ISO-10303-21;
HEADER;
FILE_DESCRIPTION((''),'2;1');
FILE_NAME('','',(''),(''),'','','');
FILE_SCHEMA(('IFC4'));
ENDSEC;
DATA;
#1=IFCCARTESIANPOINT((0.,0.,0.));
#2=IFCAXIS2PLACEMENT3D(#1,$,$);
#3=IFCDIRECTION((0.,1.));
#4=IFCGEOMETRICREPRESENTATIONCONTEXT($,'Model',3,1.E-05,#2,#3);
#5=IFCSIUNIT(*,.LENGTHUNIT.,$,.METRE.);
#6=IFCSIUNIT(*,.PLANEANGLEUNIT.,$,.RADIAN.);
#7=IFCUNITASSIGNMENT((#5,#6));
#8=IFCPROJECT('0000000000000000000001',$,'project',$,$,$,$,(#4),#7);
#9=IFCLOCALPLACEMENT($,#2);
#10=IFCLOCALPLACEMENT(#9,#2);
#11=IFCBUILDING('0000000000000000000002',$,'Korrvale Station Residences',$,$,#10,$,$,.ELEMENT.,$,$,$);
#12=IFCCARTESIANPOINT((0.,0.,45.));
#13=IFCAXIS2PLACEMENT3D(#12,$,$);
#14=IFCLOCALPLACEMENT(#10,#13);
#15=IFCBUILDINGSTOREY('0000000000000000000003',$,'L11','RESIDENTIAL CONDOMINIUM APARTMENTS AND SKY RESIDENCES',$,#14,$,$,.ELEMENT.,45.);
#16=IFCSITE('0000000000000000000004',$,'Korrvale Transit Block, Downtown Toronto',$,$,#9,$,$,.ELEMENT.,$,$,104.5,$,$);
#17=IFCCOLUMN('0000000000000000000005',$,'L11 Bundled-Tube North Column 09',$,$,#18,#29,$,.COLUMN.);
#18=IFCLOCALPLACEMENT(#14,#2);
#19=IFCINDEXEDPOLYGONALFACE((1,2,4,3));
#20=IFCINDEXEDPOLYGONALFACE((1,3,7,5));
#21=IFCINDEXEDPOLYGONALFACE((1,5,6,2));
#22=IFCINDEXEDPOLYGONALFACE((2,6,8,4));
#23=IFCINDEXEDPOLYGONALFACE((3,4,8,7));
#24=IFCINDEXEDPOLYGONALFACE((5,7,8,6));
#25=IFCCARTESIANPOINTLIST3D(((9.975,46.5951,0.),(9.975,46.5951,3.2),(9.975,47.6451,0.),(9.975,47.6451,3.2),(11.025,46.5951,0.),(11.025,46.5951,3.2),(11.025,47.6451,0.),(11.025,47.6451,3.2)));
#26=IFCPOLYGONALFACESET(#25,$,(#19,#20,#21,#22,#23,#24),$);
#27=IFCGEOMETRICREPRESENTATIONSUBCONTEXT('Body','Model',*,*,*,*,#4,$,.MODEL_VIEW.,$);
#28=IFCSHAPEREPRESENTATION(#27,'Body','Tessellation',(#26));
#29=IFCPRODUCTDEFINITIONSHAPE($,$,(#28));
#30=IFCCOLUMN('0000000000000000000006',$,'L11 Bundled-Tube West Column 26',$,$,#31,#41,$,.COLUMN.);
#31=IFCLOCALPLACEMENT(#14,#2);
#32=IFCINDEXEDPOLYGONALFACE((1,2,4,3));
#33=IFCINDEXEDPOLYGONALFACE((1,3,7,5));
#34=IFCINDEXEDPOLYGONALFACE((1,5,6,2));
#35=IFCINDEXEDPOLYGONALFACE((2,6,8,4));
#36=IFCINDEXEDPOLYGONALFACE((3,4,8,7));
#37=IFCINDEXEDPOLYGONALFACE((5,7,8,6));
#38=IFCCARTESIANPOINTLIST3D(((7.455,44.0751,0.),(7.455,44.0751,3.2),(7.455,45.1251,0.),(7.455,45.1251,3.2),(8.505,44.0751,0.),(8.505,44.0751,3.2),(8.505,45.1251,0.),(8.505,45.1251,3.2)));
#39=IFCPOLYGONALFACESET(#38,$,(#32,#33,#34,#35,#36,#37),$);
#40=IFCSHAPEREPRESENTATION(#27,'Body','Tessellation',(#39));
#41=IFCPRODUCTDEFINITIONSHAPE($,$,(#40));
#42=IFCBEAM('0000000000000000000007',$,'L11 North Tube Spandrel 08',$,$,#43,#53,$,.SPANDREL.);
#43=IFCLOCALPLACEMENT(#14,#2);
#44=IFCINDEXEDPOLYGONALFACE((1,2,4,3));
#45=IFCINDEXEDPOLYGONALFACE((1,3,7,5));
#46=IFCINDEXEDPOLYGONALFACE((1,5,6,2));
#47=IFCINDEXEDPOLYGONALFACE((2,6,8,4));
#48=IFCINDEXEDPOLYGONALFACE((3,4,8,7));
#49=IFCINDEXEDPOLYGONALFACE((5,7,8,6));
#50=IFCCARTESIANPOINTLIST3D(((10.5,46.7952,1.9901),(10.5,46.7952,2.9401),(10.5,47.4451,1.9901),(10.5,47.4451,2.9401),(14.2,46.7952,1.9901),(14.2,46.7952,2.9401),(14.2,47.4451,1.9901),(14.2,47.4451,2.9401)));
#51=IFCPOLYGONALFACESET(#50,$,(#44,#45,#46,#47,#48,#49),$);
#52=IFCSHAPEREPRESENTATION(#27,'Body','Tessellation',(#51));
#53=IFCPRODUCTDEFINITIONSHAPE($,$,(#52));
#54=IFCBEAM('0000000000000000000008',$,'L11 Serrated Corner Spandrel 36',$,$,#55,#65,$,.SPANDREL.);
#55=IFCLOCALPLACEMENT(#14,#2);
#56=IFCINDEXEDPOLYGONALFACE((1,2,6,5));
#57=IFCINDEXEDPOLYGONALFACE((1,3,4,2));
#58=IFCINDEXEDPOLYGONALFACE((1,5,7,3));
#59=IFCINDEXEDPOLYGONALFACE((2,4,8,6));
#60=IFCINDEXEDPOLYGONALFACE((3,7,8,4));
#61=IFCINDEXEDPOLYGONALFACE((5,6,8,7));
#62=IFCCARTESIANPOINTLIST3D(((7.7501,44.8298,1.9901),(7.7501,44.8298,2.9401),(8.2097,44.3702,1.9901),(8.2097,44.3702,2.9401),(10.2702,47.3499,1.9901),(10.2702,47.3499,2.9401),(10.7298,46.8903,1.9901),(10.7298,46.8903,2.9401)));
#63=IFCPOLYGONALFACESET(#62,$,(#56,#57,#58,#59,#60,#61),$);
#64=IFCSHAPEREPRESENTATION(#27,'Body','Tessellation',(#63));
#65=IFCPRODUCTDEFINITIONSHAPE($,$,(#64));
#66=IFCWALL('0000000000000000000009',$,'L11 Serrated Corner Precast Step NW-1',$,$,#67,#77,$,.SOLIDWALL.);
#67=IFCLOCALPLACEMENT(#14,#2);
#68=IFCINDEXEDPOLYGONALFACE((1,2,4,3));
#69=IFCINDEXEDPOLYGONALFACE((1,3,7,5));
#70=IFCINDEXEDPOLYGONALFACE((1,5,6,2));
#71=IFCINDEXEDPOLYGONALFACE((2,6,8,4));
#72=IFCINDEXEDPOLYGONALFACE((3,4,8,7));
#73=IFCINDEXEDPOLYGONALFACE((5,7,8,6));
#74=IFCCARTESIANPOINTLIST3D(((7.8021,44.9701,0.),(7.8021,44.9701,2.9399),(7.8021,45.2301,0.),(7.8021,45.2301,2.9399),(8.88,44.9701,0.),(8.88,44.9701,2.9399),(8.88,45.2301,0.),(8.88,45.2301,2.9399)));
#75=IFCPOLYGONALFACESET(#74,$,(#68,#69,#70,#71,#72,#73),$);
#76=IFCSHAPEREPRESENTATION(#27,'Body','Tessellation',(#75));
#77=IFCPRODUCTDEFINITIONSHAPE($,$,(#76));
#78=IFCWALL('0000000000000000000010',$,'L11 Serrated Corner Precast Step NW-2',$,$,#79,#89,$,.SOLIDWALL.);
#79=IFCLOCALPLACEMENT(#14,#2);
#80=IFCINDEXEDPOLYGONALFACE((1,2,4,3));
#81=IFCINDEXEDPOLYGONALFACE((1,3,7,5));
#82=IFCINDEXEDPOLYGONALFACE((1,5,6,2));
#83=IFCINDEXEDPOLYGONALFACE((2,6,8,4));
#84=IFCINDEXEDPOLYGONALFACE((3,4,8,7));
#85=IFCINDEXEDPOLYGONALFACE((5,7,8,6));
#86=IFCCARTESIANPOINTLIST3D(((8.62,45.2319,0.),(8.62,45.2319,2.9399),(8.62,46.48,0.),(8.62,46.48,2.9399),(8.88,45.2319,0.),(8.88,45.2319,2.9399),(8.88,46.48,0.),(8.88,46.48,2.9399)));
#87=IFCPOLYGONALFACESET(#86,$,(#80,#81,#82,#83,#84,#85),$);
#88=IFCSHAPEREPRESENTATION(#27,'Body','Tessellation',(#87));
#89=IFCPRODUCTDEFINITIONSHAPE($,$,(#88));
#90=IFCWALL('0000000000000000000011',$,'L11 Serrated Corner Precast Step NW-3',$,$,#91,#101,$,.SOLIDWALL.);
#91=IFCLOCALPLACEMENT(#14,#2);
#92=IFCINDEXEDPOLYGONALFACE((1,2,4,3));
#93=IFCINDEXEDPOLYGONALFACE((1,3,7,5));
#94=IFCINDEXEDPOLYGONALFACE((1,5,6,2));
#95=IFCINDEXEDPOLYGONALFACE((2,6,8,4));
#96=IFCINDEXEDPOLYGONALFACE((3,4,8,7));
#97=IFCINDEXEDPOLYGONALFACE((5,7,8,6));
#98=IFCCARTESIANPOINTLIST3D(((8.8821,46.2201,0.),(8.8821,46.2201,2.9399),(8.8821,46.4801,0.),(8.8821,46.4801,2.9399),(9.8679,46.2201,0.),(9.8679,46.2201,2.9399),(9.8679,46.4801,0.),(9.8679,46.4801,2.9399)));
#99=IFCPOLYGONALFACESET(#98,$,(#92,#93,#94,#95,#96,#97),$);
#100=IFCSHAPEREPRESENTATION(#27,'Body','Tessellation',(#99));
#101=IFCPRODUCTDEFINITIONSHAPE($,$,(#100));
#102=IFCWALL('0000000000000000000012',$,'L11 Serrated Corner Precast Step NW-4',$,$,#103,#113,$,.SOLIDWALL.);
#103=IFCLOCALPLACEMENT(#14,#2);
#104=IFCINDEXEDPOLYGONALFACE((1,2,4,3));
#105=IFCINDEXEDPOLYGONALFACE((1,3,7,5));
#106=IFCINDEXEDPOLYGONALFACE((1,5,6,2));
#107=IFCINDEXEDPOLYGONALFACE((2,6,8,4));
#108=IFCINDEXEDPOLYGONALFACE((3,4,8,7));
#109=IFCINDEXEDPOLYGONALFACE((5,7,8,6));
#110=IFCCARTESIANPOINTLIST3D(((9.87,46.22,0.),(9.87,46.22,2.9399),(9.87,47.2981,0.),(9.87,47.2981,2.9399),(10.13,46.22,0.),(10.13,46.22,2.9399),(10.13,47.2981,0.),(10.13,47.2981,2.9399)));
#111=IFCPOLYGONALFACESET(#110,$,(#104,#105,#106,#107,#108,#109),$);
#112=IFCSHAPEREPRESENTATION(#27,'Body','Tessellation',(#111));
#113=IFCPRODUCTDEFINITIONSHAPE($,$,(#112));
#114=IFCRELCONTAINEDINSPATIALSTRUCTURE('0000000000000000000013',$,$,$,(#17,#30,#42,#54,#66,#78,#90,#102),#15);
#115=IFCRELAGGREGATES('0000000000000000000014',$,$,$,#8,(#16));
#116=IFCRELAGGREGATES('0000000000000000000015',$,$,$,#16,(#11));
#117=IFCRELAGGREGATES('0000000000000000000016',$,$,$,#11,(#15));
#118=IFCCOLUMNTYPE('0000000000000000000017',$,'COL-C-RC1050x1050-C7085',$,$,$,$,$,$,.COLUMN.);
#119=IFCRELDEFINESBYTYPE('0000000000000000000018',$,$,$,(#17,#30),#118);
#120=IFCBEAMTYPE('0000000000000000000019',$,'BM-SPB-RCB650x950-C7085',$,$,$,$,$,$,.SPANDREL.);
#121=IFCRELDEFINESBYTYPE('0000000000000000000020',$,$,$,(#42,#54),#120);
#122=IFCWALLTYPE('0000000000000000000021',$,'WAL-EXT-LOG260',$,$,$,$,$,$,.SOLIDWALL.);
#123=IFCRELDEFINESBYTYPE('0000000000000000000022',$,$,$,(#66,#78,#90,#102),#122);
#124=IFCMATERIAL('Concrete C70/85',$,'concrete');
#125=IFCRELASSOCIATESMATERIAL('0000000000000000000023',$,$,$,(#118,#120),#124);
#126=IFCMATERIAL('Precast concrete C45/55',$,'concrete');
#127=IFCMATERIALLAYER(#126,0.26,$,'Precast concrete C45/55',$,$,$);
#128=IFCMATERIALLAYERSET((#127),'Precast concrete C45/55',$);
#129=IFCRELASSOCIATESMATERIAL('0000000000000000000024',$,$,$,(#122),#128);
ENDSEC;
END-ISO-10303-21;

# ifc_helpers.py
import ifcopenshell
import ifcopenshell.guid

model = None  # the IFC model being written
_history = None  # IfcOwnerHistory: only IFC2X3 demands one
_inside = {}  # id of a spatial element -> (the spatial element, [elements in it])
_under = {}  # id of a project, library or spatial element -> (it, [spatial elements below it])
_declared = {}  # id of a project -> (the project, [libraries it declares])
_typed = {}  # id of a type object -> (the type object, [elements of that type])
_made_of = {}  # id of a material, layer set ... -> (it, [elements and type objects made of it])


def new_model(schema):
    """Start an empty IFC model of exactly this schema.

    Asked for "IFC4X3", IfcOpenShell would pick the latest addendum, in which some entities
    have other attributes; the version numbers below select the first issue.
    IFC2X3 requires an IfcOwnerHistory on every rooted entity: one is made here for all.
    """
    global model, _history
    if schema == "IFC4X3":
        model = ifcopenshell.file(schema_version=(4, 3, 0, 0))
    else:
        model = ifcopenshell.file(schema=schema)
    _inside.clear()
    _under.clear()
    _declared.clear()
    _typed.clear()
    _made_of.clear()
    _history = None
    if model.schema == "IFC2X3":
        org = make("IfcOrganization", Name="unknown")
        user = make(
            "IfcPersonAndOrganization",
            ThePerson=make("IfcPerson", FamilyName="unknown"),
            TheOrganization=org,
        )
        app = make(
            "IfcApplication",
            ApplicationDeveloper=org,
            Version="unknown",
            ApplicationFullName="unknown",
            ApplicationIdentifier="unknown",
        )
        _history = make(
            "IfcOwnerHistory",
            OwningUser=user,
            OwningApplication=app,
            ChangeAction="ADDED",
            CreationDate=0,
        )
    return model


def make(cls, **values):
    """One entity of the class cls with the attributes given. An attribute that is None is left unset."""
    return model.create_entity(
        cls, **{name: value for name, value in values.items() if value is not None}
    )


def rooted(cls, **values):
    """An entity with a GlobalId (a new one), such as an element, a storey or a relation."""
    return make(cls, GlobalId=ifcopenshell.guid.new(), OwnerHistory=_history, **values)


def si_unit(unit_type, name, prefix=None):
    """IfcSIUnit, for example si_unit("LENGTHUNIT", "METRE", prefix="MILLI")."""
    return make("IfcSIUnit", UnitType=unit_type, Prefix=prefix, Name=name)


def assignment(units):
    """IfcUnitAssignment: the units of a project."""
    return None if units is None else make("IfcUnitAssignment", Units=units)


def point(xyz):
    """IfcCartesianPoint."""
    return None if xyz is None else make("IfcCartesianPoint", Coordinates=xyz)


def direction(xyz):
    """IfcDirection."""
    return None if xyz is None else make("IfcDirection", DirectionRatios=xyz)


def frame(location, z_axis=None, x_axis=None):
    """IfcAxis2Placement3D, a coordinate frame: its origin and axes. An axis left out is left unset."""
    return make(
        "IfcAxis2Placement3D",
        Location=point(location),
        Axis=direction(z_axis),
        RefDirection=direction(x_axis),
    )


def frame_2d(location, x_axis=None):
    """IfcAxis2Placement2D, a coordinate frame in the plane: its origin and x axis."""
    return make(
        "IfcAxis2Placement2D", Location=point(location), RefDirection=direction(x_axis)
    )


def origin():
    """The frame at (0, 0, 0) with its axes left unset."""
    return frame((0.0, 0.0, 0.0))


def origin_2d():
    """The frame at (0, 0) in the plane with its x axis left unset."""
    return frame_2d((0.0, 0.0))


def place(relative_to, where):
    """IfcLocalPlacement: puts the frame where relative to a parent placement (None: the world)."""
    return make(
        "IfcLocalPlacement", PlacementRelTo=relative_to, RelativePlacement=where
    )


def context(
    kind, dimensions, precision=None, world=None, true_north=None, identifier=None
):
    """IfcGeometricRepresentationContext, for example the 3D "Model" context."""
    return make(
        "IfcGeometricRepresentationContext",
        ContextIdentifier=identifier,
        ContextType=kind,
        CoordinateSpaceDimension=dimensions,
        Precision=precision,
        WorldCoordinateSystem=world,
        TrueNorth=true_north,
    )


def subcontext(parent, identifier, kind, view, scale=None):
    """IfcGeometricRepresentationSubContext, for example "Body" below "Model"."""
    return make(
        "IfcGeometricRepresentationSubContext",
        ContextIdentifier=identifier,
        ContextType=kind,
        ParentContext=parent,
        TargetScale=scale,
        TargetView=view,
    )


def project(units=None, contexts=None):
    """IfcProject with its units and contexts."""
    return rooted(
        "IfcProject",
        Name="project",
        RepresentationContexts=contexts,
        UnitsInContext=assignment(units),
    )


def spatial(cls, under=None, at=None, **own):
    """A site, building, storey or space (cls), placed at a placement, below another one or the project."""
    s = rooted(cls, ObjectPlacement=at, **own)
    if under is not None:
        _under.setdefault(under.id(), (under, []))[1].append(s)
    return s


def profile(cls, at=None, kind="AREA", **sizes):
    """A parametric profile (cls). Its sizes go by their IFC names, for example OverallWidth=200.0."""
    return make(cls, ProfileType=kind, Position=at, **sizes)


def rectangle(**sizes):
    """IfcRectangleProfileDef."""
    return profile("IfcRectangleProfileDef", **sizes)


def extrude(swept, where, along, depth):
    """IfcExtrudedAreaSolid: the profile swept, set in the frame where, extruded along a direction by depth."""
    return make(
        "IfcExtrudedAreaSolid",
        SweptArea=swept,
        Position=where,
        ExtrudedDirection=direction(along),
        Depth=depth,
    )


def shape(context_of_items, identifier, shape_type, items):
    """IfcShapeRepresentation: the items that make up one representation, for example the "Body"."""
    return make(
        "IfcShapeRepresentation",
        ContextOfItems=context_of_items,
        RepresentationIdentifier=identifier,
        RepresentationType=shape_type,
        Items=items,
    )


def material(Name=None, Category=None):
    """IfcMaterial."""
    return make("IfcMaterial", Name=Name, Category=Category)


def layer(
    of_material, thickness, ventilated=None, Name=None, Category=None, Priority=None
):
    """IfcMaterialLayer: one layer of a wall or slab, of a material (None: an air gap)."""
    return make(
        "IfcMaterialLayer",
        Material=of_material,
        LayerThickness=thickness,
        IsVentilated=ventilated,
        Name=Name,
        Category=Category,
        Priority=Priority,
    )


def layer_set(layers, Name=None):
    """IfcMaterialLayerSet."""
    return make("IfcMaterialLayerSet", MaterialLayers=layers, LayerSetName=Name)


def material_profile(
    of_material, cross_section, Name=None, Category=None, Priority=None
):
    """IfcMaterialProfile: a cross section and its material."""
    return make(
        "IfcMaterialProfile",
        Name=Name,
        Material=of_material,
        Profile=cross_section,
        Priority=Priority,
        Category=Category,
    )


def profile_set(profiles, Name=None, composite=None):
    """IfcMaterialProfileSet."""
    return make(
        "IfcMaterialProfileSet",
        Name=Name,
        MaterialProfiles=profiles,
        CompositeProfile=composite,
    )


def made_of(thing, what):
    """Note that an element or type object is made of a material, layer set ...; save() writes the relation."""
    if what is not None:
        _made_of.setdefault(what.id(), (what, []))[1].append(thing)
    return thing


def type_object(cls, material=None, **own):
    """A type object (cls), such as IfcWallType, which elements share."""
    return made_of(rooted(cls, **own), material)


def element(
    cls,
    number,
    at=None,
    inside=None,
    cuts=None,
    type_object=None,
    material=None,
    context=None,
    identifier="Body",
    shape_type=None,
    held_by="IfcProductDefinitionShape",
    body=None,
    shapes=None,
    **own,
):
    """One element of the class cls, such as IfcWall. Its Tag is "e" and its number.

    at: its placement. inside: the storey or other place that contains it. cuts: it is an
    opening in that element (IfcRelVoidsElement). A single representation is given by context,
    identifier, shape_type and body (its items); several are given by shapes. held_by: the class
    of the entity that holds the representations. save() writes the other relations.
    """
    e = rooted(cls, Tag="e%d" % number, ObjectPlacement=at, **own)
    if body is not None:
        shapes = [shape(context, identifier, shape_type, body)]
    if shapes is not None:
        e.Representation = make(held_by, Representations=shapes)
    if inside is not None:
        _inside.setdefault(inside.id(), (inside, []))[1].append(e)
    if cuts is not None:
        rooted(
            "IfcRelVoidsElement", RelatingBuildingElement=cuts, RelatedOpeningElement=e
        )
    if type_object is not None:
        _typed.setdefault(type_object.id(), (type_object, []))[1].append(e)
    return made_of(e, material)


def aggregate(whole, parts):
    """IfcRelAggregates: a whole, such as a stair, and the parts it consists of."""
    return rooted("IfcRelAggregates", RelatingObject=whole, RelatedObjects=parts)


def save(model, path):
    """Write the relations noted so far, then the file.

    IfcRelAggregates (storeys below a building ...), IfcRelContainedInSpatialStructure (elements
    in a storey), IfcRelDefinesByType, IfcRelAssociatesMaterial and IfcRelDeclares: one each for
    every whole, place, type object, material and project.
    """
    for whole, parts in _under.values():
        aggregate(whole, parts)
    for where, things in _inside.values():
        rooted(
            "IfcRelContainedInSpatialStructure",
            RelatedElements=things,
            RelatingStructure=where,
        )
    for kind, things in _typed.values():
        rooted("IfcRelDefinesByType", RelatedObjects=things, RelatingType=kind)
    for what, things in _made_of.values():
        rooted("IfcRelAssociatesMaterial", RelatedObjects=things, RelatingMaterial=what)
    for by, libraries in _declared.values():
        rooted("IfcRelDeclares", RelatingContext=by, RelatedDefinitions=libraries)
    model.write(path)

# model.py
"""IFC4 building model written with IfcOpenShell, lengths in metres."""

from ifc_helpers import new_model, si_unit, direction, frame, frame_2d, origin, origin_2d, place, context, subcontext, project, spatial, rectangle, extrude, material, layer, layer_set, material_profile, profile_set, type_object, element, save


model = new_model("IFC4")

# Units and contexts
model_context = context("Model", 3, precision=1e-05, world=origin(), true_north=direction((0.0, 1.0)))
body_context = subcontext(model_context, "Body", "Model", "MODEL_VIEW")
ifc_project = project(units=[si_unit("LENGTHUNIT", "METRE"), si_unit("PLANEANGLEUNIT", "RADIAN")], contexts=[model_context])

# Site, building, storey
site_placement = place(None, origin())
site = spatial("IfcSite", under=ifc_project, at=site_placement, Name="Korrvale Transit Block, Downtown Toronto", CompositionType="ELEMENT", RefElevation=104.5)
building_placement = place(site_placement, origin())
building = spatial("IfcBuilding", under=site, at=building_placement, Name="Korrvale Station Residences", CompositionType="ELEMENT")
storey_placement = place(building_placement, frame((0.0, 0.0, 45.0)))
storey = spatial("IfcBuildingStorey", under=building, at=storey_placement, Name="L11", Description="RESIDENTIAL CONDOMINIUM APARTMENTS AND SKY RESIDENCES", CompositionType="ELEMENT", Elevation=45.0)

# Columns
ifc_material_1 = material(Name="Concrete C70/85", Category="concrete")
ifc_material_profile_1 = material_profile(ifc_material_1, rectangle(XDim=1.05, YDim=1.05, at=origin_2d()), Name="RC1050x1050")
ifc_profile_set_1 = profile_set([ifc_material_profile_1], Name="Concrete C70/85")
column_type = type_object("IfcColumnType", Name="COL-C-RC1050x1050-C7085", PredefinedType="COLUMN", material=ifc_profile_set_1)
for number, where, z_axis, x_axis, name in (
    (1, (10.5, 47.1201, 0.0), (0.0, 0.0, 1.0), (1.0, 0.0, 0.0), "L11 Bundled-Tube North Column 09"),
    (2, (7.98, 44.6001, 0.0), (0.0, 0.0, 1.0), (1.0, 0.0, 0.0), "L11 Bundled-Tube West Column 26"),
):
    element("IfcColumn", number, at=place(storey_placement, frame(where, z_axis=z_axis, x_axis=x_axis)), inside=storey, type_object=column_type, Name=name, PredefinedType="COLUMN", context=body_context, shape_type="SweptSolid", body=[
        extrude(rectangle(XDim=1.05, YDim=1.05, at=origin_2d()), origin(), (0.0, 0.0, 1.0), 3.2),
    ])

# Beams
ifc_material_profile_2 = material_profile(ifc_material_1, rectangle(XDim=0.6499, YDim=0.95, at=origin_2d()), Name="RCB650x950")
ifc_profile_set_2 = profile_set([ifc_material_profile_2], Name="Concrete C70/85")
beam_type = type_object("IfcBeamType", Name="BM-SPB-RCB650x950-C7085", PredefinedType="SPANDREL", material=ifc_profile_set_2)
beam_1_placement = place(storey_placement, frame((10.5, 47.1201, 2.4651), z_axis=(1.0, 0.0, 0.0), x_axis=(0.0, 1.0, 0.0)))
element("IfcBeam", 3, at=beam_1_placement, inside=storey, type_object=beam_type, Name="L11 North Tube Spandrel 08", PredefinedType="SPANDREL", context=body_context, shape_type="SweptSolid", body=[
    extrude(rectangle(XDim=0.6499, YDim=0.95, at=origin_2d()), origin(), (0.0, 0.0, 1.0), 3.7),
])
beam_2_placement = place(storey_placement, frame((10.5, 47.1201, 2.4651), z_axis=(-0.707107, -0.707107, 0.0), x_axis=(0.707107, -0.707107, 0.0)))
element("IfcBeam", 4, at=beam_2_placement, inside=storey, type_object=beam_type, Name="L11 Serrated Corner Spandrel 36", PredefinedType="SPANDREL", context=body_context, shape_type="SweptSolid", body=[
    extrude(rectangle(XDim=0.6499, YDim=0.95, at=origin_2d()), origin(), (0.0, 0.0, 1.0), 3.564),
])

# Walls
ifc_material_2 = material(Name="Precast concrete C45/55", Category="concrete")
ifc_layer_1 = layer(ifc_material_2, 0.26, Name="Precast concrete C45/55")
ifc_layer_set_1 = layer_set([ifc_layer_1], Name="Precast concrete C45/55")
wall_type_1 = type_object("IfcWallType", Name="WAL-EXT-LOG260", PredefinedType="SOLIDWALL", material=ifc_layer_set_1)
wall_1_placement = place(storey_placement, frame((7.802, 45.1001, 0.0), z_axis=(0.0, 0.0, 1.0), x_axis=(1.0, 0.0, 0.0)))
element("IfcWall", 5, at=wall_1_placement, inside=storey, type_object=wall_type_1, Name="L11 Serrated Corner Precast Step NW-1", PredefinedType="SOLIDWALL", context=body_context, shape_type="SweptSolid", body=[
    extrude(rectangle(XDim=1.0779, YDim=0.26, at=frame_2d((0.5391, 0.0))), origin(), (0.0, 0.0, 1.0), 2.9399),
])
wall_2_placement = place(storey_placement, frame((8.75, 45.2319, 0.0), z_axis=(0.0, 0.0, 1.0), x_axis=(0.0, 1.0, 0.0)))
element("IfcWall", 6, at=wall_2_placement, inside=storey, type_object=wall_type_1, Name="L11 Serrated Corner Precast Step NW-2", PredefinedType="SOLIDWALL", context=body_context, shape_type="SweptSolid", body=[
    extrude(rectangle(XDim=1.248, YDim=0.26, at=frame_2d((0.624, 0.0))), origin(), (0.0, 0.0, 1.0), 2.9399),
])
wall_3_placement = place(storey_placement, frame((8.8821, 46.3501, 0.0), z_axis=(0.0, 0.0, 1.0), x_axis=(1.0, 0.0, 0.0)))
element("IfcWall", 7, at=wall_3_placement, inside=storey, type_object=wall_type_1, Name="L11 Serrated Corner Precast Step NW-3", PredefinedType="SOLIDWALL", context=body_context, shape_type="SweptSolid", body=[
    extrude(rectangle(XDim=0.9858, YDim=0.26, at=frame_2d((0.4929, 0.0))), origin(), (0.0, 0.0, 1.0), 2.9399),
])
wall_4_placement = place(storey_placement, frame((10.0, 46.22, 0.0), z_axis=(0.0, 0.0, 1.0), x_axis=(0.0, 1.0, 0.0)))
element("IfcWall", 8, at=wall_4_placement, inside=storey, type_object=wall_type_1, Name="L11 Serrated Corner Precast Step NW-4", PredefinedType="SOLIDWALL", context=body_context, shape_type="SweptSolid", body=[
    extrude(rectangle(XDim=1.0781, YDim=0.26, at=frame_2d((0.5391, 0.0))), origin(), (0.0, 0.0, 1.0), 2.9399),
])

save(model, "model.ifc")
